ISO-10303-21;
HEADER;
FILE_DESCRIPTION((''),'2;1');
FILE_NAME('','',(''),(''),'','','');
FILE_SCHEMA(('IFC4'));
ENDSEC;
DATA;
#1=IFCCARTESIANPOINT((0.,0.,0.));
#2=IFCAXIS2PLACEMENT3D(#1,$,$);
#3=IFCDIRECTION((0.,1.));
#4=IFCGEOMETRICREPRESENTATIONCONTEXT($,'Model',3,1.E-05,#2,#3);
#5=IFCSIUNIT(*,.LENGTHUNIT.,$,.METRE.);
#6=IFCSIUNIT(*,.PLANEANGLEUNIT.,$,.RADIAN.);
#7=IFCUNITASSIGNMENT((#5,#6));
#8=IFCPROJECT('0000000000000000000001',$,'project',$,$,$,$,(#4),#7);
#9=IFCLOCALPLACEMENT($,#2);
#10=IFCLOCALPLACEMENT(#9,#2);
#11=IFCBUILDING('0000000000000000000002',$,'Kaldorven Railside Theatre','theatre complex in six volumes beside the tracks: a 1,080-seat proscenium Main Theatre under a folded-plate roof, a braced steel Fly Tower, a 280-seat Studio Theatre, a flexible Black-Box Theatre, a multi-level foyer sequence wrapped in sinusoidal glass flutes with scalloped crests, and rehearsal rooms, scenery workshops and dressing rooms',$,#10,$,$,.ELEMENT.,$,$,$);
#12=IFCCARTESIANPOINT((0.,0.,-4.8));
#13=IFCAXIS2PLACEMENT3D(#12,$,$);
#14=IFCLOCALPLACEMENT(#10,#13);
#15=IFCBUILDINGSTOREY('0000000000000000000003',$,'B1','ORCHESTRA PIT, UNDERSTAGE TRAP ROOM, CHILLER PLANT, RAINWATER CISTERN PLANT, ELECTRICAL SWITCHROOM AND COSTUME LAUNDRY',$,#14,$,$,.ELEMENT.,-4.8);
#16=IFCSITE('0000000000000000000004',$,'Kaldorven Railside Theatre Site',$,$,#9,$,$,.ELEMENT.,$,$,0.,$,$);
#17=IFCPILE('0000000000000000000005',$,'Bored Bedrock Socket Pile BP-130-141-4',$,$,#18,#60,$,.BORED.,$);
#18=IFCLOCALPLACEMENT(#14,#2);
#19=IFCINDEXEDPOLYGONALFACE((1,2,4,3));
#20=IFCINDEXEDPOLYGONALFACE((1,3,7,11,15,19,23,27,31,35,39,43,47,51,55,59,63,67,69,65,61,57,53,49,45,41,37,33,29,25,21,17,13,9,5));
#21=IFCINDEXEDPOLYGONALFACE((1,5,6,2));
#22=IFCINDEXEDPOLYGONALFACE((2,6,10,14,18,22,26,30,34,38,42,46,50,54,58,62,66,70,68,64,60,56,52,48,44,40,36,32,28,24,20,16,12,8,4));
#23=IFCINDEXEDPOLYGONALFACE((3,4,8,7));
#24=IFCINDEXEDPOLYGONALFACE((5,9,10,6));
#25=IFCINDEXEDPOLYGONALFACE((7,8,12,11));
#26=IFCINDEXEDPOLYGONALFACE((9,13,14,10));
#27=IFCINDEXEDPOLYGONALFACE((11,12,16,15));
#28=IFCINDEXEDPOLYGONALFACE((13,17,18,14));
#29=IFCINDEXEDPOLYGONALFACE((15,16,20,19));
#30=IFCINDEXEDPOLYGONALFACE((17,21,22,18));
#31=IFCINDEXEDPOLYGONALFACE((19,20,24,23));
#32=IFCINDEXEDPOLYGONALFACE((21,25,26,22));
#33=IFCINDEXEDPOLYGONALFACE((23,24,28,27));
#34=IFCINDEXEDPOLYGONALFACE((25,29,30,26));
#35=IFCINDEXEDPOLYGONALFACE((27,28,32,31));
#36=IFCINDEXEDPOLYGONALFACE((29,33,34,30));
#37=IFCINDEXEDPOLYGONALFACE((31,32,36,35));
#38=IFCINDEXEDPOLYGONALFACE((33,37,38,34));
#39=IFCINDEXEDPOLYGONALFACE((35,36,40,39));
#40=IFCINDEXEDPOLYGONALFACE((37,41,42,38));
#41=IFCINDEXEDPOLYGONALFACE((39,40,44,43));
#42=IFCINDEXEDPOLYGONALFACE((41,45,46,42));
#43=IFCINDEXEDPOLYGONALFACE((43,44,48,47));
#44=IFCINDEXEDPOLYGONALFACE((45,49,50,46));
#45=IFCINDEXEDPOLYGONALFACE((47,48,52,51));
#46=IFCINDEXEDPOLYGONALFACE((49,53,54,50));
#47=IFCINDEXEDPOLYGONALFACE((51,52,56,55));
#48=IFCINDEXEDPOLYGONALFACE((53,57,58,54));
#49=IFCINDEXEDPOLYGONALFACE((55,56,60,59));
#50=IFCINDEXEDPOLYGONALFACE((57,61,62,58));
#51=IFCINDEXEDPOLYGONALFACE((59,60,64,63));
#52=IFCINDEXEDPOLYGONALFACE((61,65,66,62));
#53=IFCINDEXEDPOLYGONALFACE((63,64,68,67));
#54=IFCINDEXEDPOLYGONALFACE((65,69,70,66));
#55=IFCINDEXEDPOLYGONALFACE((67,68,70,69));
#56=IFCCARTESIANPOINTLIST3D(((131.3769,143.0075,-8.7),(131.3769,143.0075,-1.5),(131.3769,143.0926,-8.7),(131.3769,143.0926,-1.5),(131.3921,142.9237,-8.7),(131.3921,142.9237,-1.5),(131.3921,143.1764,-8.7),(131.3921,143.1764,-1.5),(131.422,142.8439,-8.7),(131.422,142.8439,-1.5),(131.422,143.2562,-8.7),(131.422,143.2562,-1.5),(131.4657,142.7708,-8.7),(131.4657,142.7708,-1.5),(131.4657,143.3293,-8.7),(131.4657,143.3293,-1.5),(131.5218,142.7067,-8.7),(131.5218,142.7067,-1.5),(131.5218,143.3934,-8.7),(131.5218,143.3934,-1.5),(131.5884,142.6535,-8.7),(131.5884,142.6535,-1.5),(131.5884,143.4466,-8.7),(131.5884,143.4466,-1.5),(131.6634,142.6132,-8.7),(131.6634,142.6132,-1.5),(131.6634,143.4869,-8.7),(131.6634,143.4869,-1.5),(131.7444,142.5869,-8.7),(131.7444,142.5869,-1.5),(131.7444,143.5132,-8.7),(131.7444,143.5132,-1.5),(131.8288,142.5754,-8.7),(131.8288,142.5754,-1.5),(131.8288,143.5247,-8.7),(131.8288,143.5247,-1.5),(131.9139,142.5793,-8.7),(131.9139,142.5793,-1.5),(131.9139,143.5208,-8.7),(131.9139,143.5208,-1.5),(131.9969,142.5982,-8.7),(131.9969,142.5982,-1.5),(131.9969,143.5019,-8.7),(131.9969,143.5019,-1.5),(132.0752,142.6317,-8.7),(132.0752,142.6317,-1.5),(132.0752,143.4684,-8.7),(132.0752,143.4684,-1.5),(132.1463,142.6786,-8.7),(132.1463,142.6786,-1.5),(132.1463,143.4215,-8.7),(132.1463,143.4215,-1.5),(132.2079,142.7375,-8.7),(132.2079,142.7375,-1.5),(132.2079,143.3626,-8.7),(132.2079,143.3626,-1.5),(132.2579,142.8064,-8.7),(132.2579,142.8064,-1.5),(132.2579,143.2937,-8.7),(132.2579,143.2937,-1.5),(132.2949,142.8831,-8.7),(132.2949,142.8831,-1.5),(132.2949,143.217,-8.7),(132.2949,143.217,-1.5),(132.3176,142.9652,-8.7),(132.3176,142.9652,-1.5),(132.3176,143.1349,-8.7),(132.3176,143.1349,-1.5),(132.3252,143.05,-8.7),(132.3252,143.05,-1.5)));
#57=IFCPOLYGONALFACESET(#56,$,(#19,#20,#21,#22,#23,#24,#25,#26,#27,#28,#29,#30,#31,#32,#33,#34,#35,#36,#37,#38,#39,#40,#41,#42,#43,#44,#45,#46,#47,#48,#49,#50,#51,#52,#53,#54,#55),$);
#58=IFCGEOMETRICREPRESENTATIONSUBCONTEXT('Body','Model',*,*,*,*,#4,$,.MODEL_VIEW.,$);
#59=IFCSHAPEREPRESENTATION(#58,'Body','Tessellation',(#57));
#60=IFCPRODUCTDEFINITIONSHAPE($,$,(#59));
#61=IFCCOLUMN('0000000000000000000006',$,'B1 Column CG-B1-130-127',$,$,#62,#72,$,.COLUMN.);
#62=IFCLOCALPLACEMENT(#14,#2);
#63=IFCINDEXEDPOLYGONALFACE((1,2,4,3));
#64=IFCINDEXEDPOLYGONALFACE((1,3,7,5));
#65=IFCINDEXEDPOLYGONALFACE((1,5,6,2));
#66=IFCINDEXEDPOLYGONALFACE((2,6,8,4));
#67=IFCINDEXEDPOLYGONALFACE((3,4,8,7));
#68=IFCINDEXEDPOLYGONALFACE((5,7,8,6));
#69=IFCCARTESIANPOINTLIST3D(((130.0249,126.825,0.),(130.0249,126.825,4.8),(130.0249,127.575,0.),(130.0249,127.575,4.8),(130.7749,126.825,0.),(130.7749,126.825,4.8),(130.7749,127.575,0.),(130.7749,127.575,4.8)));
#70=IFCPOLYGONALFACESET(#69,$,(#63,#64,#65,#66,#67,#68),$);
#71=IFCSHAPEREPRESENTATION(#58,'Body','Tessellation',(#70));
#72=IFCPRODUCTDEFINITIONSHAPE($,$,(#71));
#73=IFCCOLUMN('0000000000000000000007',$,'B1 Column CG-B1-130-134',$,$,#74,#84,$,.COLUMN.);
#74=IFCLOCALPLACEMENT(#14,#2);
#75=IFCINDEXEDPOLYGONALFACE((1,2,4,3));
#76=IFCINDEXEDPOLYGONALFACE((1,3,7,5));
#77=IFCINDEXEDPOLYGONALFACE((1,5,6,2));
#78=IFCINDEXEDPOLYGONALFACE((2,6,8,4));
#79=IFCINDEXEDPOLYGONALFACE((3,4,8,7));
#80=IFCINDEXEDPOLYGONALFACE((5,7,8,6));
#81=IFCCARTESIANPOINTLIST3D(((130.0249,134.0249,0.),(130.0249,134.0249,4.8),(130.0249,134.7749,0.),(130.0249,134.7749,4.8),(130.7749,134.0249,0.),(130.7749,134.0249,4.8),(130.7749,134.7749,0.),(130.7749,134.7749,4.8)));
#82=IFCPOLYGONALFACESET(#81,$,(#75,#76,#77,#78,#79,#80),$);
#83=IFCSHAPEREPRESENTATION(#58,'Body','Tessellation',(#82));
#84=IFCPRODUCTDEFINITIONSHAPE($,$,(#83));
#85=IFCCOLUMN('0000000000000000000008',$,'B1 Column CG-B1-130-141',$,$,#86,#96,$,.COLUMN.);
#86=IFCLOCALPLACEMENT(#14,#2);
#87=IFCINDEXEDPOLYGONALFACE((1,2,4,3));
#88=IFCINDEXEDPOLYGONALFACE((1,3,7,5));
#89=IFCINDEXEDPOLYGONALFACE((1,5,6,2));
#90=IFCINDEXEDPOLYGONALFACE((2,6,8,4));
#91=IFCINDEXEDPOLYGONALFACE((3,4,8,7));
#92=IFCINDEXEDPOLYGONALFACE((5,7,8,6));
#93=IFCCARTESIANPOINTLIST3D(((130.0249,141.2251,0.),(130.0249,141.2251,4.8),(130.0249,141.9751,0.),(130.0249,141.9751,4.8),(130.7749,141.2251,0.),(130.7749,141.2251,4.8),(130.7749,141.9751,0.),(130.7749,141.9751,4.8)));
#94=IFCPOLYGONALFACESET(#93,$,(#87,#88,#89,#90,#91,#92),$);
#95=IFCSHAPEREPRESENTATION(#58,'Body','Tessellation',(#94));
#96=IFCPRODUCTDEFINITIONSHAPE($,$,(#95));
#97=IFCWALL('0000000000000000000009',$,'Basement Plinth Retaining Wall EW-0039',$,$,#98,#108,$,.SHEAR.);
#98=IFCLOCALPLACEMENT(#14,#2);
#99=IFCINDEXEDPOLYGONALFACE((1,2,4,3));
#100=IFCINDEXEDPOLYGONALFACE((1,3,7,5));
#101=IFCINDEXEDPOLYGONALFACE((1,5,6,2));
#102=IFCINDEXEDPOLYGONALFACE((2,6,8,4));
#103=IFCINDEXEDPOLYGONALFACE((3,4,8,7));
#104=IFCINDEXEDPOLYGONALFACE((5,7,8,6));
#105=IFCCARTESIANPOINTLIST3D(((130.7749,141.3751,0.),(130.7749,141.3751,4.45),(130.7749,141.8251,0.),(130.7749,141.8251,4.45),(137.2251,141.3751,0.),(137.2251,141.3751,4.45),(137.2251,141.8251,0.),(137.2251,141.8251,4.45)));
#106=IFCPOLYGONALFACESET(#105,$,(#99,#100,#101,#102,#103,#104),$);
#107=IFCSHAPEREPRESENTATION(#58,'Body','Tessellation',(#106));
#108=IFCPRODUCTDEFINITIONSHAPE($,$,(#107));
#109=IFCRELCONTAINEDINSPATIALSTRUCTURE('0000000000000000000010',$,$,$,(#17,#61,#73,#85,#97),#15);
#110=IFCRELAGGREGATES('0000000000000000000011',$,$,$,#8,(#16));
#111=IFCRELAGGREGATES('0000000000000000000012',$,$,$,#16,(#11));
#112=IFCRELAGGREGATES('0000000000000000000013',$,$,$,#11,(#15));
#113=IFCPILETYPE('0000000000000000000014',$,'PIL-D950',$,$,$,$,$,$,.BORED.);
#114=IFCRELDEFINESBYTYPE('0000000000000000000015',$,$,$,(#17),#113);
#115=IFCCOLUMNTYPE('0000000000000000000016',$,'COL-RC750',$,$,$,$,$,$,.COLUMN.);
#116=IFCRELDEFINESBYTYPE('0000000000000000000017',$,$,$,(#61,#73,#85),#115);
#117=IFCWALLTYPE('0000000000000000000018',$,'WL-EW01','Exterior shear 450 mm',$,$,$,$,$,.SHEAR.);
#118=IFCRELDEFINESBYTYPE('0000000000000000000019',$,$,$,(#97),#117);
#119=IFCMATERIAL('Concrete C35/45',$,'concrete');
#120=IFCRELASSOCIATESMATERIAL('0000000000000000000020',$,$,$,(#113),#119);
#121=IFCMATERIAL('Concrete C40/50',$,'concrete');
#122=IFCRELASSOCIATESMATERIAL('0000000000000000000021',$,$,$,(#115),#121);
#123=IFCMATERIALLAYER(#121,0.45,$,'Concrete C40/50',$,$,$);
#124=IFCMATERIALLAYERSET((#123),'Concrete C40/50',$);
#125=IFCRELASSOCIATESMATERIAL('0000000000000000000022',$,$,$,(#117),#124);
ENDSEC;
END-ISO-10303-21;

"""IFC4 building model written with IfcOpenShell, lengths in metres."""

from ifc_helpers import new_model, si_unit, direction, frame, frame_2d, origin, origin_2d, place, context, subcontext, project, spatial, rectangle, circle, extrude, material, layer, layer_set, material_profile, profile_set, type_object, element, save


model = new_model("IFC4")

# Units and contexts
model_context = context("Model", 3, precision=1e-05, world=origin(), true_north=direction((0.0, 1.0)))
body_context = subcontext(model_context, "Body", "Model", "MODEL_VIEW")
ifc_project = project(units=[si_unit("LENGTHUNIT", "METRE"), si_unit("PLANEANGLEUNIT", "RADIAN")], contexts=[model_context])

# Site, building, storey
site_placement = place(None, origin())
site = spatial("IfcSite", under=ifc_project, at=site_placement, Name="Kaldorven Railside Theatre Site", CompositionType="ELEMENT", RefElevation=0.0)
building_placement = place(site_placement, origin())
building = spatial("IfcBuilding", under=site, at=building_placement, Name="Kaldorven Railside Theatre", Description="theatre complex in six volumes beside the tracks: a 1,080-seat proscenium Main Theatre under a folded-plate roof, a braced steel Fly Tower, a 280-seat Studio Theatre, a flexible Black-Box Theatre, a multi-level foyer sequence wrapped in sinusoidal glass flutes with scalloped crests, and rehearsal rooms, scenery workshops and dressing rooms", CompositionType="ELEMENT")
storey_placement = place(building_placement, frame((0.0, 0.0, -4.8)))
storey = spatial("IfcBuildingStorey", under=building, at=storey_placement, Name="B1", Description="ORCHESTRA PIT, UNDERSTAGE TRAP ROOM, CHILLER PLANT, RAINWATER CISTERN PLANT, ELECTRICAL SWITCHROOM AND COSTUME LAUNDRY", CompositionType="ELEMENT", Elevation=-4.8)

# Shared definitions
ifc_material_1 = material(Name="Concrete C40/50", Category="concrete")

# Pile
ifc_material_2 = material(Name="Concrete C35/45", Category="concrete")
ifc_material_profile_1 = material_profile(ifc_material_2, circle(Radius=0.4751, at=origin_2d()), Name="BP D950")
ifc_profile_set_1 = profile_set([ifc_material_profile_1], Name="Concrete C35/45")
pile_type_1 = type_object("IfcPileType", Name="PIL-D950", PredefinedType="BORED", material=ifc_profile_set_1)
for number, where, z_axis, x_axis, name in (
    (1, (131.8501, 143.05, -1.5), (0.0, 0.0, -1.0), (1.0, 0.0, 0.0), "Bored Bedrock Socket Pile BP-130-141-4"),
):
    element("IfcPile", number, at=place(storey_placement, frame(where, z_axis=z_axis, x_axis=x_axis)), inside=storey, type_object=pile_type_1, Name=name, PredefinedType="BORED", context=body_context, shape_type="SweptSolid", body=[
        extrude(circle(Radius=0.4751, at=origin_2d()), origin(), (0.0, 0.0, 1.0), 7.2),
    ])

# Columns
ifc_material_profile_2 = material_profile(ifc_material_1, rectangle(XDim=0.75, YDim=0.75, at=origin_2d()), Name="RC 750x750")
ifc_profile_set_2 = profile_set([ifc_material_profile_2], Name="Concrete C40/50")
column_type = type_object("IfcColumnType", Name="COL-RC750", PredefinedType="COLUMN", material=ifc_profile_set_2)
for number, where, z_axis, x_axis, name in (
    (2, (130.3999, 127.2, 0.0), (0.0, 0.0, 1.0), (0.0, 1.0, 0.0), "B1 Column CG-B1-130-127"),
    (3, (130.3999, 134.3999, 0.0), (0.0, 0.0, 1.0), (1.0, 0.0, 0.0), "B1 Column CG-B1-130-134"),
    (4, (130.3999, 141.6001, 0.0), (0.0, 0.0, 1.0), (1.0, 0.0, 0.0), "B1 Column CG-B1-130-141"),
):
    element("IfcColumn", number, at=place(storey_placement, frame(where, z_axis=z_axis, x_axis=x_axis)), inside=storey, type_object=column_type, Name=name, PredefinedType="COLUMN", context=body_context, shape_type="SweptSolid", body=[
        extrude(rectangle(XDim=0.75, YDim=0.75, at=origin_2d()), origin(), (0.0, 0.0, 1.0), 4.8),
    ])

# Wall
ifc_layer = layer(ifc_material_1, 0.45, Name="Concrete C40/50")
ifc_layer_set = layer_set([ifc_layer], Name="Concrete C40/50")
wall_type = type_object("IfcWallType", Name="WL-EW01", Description="Exterior shear 450 mm", PredefinedType="SHEAR", material=ifc_layer_set)
wall_placement = place(storey_placement, frame((130.7749, 141.6001, 0.0), z_axis=(0.0, 0.0, 1.0), x_axis=(1.0, 0.0, 0.0)))
element("IfcWall", 5, at=wall_placement, inside=storey, type_object=wall_type, Name="Basement Plinth Retaining Wall EW-0039", PredefinedType="SHEAR", context=body_context, shape_type="SweptSolid", body=[
    extrude(rectangle(XDim=6.4502, YDim=0.45, at=frame_2d((3.2251, 0.0))), origin(), (0.0, 0.0, 1.0), 4.45),
])

save(model, "model.ifc")
